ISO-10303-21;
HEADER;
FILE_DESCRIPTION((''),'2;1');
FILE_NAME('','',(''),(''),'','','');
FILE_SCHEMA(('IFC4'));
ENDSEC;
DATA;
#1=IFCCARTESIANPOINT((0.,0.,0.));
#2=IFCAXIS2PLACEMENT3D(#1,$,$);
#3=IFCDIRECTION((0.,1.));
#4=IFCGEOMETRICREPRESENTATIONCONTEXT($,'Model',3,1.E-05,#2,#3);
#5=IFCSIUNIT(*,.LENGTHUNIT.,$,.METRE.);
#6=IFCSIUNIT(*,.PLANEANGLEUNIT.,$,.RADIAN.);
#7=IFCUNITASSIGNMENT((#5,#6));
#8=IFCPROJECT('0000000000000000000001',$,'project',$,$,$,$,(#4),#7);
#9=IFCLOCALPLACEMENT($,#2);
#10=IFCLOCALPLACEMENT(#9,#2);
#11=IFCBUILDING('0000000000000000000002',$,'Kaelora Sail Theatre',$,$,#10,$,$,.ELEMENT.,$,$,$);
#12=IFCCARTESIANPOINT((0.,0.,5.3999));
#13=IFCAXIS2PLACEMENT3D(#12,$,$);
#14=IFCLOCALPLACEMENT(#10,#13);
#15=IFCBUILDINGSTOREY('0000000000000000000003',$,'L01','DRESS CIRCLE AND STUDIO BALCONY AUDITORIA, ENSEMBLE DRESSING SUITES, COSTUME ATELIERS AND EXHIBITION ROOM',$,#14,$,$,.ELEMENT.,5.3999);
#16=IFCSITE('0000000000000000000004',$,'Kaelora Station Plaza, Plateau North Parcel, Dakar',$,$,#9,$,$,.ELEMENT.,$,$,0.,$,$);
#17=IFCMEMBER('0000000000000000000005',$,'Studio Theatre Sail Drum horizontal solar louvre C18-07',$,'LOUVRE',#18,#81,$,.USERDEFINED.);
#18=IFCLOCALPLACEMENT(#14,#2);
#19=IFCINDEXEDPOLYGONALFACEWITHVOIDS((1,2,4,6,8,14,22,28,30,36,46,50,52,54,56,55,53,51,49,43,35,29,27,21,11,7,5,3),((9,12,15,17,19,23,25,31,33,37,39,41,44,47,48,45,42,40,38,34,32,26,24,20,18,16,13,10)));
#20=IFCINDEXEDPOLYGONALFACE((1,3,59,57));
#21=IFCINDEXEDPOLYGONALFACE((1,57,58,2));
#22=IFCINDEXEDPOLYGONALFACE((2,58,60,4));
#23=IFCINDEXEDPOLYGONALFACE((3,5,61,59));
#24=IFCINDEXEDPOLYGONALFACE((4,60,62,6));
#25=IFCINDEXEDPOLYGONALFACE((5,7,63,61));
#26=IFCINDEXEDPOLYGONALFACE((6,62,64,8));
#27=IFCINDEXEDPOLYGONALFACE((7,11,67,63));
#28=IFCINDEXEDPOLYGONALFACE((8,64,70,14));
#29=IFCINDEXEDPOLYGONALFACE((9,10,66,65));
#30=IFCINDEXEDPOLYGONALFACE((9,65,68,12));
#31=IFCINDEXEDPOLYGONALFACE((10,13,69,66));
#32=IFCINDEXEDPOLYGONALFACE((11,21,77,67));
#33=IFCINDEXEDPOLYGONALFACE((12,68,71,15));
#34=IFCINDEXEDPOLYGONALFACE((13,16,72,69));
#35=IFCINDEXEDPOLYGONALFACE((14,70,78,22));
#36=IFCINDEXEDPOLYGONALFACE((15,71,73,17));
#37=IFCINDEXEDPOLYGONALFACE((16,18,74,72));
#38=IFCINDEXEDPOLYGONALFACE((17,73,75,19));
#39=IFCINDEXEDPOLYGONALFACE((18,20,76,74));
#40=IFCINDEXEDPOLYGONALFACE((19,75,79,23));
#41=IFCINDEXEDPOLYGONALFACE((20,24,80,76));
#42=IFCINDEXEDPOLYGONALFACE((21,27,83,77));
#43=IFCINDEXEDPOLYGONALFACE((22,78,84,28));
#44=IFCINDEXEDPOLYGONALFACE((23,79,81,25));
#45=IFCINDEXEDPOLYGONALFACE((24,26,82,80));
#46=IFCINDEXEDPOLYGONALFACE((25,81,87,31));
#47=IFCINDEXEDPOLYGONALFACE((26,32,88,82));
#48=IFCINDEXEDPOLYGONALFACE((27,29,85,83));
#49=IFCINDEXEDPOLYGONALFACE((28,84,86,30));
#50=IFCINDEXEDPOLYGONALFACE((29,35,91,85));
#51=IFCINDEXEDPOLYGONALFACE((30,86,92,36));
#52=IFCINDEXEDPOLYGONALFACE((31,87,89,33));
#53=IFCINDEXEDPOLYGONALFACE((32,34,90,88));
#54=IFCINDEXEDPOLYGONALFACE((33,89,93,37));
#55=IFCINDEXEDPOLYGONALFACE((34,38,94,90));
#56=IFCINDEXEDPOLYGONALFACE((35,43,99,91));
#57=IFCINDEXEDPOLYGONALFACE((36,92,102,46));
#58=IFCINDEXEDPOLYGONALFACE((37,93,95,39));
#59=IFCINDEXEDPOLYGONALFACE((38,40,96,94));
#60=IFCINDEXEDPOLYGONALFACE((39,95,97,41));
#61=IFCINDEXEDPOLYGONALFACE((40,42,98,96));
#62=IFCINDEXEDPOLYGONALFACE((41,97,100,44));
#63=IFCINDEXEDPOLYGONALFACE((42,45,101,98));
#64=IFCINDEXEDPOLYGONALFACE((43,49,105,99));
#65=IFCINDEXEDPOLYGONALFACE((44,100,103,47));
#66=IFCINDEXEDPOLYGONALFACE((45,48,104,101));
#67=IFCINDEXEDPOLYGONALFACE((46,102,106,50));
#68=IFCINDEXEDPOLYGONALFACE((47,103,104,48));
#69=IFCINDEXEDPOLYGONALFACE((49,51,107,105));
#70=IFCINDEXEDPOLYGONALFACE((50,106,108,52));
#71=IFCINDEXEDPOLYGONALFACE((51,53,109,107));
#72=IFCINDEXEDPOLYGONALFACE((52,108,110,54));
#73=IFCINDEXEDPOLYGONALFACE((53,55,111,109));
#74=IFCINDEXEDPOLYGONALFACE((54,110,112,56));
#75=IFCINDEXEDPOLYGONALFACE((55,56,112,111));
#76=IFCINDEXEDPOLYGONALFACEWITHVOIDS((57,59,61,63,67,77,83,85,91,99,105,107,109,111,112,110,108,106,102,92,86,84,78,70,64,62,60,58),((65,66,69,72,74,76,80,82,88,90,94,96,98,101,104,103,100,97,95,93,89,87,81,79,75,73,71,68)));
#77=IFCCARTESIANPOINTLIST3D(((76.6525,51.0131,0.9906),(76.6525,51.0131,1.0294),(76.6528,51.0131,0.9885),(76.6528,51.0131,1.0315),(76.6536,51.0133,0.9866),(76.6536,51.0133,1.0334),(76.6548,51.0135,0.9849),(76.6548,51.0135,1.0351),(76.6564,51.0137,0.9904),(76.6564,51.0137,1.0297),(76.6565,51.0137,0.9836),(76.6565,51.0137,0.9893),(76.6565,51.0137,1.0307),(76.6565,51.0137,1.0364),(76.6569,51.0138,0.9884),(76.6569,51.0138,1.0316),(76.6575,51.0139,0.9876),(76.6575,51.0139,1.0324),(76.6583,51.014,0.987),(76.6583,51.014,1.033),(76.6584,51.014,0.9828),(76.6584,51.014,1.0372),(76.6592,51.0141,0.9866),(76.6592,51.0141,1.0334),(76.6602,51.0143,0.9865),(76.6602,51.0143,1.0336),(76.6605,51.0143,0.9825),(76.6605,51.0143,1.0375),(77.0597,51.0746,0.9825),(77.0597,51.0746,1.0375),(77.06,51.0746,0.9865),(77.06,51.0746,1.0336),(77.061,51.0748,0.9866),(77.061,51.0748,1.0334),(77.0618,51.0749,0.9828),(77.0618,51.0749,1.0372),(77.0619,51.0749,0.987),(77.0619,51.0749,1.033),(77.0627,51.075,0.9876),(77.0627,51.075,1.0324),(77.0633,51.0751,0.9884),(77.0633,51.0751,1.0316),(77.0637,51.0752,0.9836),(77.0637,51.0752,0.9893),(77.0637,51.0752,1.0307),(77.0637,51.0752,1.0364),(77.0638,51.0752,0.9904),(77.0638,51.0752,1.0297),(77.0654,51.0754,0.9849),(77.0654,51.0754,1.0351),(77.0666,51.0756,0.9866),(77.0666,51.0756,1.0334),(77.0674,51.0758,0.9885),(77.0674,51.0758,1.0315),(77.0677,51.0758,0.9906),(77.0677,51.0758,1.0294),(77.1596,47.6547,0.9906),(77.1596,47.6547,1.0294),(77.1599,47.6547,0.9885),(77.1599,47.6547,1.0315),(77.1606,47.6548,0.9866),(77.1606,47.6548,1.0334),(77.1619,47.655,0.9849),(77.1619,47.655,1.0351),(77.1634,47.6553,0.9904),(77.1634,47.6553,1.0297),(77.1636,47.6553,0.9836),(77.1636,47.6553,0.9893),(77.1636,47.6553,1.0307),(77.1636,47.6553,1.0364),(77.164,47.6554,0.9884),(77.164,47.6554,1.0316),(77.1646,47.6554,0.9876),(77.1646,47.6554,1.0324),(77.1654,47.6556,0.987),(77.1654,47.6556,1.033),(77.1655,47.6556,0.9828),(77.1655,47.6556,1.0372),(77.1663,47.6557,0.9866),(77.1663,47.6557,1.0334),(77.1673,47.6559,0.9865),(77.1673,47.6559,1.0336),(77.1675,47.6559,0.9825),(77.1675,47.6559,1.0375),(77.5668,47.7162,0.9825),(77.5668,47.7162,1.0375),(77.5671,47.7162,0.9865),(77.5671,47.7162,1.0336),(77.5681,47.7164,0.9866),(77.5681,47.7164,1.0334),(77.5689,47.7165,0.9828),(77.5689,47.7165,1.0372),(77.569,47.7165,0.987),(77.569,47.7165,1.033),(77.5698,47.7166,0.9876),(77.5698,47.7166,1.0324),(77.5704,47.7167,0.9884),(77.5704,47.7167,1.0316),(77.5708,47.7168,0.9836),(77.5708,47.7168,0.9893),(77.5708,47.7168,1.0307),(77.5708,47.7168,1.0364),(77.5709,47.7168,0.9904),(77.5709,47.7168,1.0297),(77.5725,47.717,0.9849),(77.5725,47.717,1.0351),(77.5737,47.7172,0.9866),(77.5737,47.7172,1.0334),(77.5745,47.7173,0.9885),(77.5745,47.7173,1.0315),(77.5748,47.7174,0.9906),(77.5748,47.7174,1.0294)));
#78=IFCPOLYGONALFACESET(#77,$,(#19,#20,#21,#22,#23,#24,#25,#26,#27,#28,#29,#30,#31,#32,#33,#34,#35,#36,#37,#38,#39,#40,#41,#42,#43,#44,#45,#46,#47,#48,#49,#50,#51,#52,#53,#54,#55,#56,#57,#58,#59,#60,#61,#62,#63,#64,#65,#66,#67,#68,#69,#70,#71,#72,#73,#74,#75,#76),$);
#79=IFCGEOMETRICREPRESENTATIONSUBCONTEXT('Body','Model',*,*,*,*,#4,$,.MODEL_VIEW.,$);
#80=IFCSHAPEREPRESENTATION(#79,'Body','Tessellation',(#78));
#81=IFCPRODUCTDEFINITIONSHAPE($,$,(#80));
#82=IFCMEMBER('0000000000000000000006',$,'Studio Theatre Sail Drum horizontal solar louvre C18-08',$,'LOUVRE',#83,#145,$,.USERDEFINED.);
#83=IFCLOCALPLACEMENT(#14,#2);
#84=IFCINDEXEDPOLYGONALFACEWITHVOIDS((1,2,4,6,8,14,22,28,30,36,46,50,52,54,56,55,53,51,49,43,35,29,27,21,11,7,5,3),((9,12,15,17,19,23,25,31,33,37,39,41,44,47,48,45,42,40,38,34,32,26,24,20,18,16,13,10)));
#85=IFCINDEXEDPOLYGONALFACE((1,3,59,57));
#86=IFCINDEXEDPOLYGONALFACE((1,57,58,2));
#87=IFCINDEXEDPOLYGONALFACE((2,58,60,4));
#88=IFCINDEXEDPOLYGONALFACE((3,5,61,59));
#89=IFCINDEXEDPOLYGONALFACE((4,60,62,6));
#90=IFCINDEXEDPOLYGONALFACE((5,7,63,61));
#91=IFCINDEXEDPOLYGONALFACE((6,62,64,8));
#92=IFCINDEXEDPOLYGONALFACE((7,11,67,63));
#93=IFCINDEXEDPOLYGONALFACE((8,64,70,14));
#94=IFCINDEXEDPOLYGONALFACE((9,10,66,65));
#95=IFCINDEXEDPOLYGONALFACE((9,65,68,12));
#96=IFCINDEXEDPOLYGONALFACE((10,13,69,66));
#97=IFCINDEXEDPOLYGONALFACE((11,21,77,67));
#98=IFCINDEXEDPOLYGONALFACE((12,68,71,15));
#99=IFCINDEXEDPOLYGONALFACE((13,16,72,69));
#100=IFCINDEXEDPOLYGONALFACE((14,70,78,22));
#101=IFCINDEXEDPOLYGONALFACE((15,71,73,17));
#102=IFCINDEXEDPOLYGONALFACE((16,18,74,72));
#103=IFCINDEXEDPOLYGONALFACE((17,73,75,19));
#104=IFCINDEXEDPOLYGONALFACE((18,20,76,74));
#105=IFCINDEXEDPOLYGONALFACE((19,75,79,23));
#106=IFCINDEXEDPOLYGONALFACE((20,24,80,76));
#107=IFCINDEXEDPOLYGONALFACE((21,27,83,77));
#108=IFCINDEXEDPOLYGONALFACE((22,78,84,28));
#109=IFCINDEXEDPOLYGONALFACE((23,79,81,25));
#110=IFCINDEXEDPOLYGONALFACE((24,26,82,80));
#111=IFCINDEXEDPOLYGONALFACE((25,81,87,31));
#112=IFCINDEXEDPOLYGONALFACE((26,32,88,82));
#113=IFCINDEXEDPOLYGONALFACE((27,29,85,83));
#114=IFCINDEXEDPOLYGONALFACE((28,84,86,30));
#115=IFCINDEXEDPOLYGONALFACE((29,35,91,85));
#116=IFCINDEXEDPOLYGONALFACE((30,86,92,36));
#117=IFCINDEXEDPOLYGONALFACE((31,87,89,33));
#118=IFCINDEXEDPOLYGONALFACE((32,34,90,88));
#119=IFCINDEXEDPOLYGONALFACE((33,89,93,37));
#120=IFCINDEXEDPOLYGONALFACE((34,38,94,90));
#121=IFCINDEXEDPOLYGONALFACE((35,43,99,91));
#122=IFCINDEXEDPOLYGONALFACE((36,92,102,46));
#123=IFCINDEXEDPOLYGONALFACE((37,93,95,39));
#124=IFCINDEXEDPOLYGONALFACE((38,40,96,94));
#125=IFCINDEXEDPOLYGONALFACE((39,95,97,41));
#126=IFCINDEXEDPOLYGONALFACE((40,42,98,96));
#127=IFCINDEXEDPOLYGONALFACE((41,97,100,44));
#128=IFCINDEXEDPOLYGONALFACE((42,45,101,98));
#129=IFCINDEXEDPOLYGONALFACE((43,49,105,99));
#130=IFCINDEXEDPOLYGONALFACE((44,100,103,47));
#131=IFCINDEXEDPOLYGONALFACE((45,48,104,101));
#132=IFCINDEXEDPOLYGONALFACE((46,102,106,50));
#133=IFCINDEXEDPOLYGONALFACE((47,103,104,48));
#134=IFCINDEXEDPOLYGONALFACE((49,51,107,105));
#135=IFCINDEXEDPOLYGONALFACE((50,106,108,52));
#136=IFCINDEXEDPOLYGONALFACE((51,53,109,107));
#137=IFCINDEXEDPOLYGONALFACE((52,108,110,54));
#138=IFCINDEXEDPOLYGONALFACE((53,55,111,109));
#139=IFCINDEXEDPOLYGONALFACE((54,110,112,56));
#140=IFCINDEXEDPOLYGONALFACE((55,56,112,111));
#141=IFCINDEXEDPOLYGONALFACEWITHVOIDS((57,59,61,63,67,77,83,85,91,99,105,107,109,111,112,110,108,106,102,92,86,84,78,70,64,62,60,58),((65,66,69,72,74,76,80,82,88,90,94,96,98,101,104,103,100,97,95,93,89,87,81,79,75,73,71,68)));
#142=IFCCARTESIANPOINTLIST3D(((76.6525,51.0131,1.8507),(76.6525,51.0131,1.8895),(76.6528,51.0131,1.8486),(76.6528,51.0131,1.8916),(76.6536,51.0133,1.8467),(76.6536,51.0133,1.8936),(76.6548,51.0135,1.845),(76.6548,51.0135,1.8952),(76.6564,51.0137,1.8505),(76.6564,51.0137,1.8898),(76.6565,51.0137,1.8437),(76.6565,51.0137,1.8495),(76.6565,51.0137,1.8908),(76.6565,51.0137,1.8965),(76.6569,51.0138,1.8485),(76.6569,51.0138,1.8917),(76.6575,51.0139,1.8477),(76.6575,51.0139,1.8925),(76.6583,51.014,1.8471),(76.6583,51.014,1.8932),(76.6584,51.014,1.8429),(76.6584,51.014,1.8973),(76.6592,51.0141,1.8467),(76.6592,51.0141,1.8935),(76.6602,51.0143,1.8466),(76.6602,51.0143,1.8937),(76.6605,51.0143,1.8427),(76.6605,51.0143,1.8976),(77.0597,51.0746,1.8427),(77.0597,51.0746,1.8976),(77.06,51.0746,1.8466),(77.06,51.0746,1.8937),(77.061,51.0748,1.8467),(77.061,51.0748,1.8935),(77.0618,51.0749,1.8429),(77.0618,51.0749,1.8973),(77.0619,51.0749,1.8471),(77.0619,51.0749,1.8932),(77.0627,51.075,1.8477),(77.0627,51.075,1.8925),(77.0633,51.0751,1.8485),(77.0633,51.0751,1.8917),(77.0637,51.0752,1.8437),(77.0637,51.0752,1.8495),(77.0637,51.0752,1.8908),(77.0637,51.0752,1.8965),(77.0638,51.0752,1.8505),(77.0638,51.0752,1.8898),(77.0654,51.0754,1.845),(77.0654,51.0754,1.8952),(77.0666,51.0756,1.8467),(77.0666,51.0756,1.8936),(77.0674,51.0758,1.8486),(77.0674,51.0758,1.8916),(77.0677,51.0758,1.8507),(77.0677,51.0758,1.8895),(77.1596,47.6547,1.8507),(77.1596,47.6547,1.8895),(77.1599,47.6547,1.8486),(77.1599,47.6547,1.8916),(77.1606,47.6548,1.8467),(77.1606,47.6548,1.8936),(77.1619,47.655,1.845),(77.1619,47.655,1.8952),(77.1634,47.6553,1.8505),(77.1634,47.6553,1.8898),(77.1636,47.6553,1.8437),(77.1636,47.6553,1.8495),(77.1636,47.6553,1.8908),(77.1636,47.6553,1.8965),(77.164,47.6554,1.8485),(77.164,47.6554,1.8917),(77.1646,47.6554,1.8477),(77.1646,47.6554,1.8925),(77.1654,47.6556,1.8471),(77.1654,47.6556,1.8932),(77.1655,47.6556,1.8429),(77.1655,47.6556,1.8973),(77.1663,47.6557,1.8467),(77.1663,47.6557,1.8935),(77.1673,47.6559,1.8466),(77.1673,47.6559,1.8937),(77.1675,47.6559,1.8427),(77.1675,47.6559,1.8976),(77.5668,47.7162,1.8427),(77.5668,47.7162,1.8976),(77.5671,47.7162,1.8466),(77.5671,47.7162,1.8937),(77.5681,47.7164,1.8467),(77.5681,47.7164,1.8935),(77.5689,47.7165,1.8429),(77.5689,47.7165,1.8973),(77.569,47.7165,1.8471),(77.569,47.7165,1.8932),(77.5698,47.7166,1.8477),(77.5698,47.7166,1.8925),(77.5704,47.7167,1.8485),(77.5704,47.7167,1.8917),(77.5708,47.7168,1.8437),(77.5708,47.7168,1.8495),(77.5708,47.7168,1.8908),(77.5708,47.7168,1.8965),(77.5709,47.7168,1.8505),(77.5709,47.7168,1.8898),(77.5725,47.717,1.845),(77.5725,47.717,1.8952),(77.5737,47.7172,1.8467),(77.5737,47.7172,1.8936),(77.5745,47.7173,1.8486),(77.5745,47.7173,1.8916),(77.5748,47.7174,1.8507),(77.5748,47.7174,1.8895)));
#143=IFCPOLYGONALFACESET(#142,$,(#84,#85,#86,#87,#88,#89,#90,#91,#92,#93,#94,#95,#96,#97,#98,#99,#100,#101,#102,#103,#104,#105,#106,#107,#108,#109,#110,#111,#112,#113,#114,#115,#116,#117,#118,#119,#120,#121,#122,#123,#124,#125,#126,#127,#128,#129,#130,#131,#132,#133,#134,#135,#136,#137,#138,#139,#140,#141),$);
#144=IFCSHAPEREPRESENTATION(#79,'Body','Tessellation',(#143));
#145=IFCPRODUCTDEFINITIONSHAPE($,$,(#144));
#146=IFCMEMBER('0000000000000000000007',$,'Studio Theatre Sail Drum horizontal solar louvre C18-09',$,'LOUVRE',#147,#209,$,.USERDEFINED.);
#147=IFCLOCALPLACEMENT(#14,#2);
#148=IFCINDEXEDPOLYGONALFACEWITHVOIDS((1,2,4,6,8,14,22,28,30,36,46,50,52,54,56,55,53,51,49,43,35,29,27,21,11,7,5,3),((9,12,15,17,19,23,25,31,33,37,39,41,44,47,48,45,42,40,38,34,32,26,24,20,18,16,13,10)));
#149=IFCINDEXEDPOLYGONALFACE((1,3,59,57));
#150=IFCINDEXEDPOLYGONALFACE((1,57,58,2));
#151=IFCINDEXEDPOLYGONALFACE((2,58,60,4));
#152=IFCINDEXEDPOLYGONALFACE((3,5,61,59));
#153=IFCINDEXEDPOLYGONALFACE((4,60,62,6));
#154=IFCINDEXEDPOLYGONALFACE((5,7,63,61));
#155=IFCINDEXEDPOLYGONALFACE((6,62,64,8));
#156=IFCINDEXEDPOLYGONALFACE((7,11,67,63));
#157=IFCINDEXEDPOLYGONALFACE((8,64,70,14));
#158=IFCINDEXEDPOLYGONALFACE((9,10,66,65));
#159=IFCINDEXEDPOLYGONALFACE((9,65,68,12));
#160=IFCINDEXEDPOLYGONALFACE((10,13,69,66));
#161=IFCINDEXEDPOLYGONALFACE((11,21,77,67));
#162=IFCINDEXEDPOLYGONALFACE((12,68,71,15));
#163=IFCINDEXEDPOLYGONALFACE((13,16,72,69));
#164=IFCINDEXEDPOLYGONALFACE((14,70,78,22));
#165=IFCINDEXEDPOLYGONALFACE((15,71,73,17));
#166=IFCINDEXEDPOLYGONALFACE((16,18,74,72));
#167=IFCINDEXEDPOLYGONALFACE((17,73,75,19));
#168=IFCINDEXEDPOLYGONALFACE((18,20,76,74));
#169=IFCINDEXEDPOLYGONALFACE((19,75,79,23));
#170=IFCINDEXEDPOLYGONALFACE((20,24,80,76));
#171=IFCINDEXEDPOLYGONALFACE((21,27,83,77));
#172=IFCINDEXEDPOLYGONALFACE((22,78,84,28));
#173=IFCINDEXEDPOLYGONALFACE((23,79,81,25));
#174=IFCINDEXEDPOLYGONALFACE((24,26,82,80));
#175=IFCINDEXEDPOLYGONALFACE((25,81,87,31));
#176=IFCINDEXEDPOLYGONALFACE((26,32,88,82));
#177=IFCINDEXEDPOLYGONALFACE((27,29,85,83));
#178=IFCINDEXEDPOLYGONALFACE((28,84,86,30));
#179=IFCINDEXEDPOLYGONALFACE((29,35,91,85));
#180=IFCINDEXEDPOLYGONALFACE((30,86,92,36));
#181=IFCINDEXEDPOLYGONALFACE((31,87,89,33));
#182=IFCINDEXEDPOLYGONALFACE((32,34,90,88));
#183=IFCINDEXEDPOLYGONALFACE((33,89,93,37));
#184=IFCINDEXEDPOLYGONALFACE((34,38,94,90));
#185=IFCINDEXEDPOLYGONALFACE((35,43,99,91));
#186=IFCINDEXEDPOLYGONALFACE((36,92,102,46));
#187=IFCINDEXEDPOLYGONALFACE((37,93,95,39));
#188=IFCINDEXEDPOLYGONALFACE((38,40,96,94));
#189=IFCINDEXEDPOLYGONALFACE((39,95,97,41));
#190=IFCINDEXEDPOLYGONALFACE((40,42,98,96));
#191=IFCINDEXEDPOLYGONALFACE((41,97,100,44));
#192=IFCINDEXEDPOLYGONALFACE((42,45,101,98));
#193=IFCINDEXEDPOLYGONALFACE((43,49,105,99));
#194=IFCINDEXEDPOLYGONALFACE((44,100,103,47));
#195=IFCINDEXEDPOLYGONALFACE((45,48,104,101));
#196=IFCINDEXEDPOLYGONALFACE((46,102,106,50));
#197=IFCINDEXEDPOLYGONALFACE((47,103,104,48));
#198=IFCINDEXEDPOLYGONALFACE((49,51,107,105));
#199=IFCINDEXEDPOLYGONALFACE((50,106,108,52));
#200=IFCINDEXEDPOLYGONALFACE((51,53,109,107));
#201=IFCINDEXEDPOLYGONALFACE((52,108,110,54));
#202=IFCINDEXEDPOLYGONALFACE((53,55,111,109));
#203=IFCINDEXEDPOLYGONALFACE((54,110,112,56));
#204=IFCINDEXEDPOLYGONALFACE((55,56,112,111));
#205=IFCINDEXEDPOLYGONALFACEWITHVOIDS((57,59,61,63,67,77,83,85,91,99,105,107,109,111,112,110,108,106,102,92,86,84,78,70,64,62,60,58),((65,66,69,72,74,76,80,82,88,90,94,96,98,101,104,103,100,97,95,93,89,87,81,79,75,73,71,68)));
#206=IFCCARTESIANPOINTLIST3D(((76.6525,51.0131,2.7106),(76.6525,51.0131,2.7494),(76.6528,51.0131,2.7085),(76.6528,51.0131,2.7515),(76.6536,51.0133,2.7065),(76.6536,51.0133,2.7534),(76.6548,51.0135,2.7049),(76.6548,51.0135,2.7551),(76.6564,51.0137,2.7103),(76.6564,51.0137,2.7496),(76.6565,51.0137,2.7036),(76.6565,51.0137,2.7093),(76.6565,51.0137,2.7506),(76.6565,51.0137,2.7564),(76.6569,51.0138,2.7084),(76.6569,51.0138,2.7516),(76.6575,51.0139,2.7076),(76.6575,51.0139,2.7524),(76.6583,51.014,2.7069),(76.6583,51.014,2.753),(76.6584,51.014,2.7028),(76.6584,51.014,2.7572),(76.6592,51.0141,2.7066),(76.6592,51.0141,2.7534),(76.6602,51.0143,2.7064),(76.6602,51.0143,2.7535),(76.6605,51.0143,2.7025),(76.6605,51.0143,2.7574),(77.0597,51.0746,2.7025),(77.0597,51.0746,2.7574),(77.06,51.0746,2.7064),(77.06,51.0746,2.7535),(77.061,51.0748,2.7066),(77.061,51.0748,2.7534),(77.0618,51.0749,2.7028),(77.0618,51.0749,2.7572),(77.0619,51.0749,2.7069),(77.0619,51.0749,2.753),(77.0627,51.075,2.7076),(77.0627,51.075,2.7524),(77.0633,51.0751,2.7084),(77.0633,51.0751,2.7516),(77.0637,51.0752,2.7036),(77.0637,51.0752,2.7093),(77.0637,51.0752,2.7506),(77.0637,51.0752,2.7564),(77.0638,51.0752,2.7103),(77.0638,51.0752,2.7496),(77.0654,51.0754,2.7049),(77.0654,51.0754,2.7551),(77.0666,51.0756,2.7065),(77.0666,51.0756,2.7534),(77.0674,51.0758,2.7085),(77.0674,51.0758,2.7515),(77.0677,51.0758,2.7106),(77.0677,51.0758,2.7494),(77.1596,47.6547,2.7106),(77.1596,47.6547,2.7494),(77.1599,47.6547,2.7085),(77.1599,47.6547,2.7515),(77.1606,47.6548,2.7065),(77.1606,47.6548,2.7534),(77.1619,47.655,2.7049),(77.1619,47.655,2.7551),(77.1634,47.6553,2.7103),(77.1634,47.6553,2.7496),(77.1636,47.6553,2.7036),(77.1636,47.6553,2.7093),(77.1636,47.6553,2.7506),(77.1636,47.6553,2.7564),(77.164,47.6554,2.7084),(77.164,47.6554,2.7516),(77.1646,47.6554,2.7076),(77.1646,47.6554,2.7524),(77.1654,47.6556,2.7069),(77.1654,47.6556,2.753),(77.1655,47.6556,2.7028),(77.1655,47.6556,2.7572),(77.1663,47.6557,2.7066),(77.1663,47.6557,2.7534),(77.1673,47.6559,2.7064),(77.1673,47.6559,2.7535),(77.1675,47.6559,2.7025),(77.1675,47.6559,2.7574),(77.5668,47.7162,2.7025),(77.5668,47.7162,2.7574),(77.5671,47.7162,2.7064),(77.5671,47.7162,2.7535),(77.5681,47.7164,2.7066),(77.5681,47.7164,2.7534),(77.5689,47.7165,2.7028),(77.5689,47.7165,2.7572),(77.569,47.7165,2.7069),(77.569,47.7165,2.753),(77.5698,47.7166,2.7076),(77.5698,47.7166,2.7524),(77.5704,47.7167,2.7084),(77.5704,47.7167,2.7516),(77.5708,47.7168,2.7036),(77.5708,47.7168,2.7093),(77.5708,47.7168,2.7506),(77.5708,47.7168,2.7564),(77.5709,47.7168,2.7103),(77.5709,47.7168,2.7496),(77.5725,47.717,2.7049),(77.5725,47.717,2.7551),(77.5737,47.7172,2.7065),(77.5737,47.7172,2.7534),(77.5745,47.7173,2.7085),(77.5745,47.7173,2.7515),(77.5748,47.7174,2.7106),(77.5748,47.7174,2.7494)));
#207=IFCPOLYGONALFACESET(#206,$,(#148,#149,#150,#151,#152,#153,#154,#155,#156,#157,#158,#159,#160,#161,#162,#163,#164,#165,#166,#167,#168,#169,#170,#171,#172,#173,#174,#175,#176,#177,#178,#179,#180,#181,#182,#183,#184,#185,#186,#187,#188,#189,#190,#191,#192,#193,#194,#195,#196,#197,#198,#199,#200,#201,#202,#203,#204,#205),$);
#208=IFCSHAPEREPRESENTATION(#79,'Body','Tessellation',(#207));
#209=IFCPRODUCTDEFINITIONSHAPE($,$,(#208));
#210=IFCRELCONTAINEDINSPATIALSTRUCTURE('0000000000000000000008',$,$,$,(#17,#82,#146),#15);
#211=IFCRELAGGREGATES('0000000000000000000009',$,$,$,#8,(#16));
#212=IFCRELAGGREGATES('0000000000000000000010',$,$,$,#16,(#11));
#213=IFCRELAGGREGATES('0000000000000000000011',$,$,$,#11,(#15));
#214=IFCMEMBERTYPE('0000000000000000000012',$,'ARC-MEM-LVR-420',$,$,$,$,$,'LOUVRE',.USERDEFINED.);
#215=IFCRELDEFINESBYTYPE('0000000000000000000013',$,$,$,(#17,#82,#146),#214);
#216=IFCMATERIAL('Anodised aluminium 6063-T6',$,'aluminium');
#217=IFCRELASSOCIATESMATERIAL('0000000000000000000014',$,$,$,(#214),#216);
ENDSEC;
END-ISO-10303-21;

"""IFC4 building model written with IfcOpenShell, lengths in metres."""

from ifc_helpers import new_model, si_unit, direction, frame, origin, origin_2d, place, context, subcontext, project, spatial, hollow_rectangle, extrude, material, material_profile, profile_set, type_object, element, save


model = new_model("IFC4")

# Units and contexts
model_context = context("Model", 3, precision=1e-05, world=origin(), true_north=direction((0.0, 1.0)))
body_context = subcontext(model_context, "Body", "Model", "MODEL_VIEW")
ifc_project = project(units=[si_unit("LENGTHUNIT", "METRE"), si_unit("PLANEANGLEUNIT", "RADIAN")], contexts=[model_context])

# Site, building, storey
site_placement = place(None, origin())
site = spatial("IfcSite", under=ifc_project, at=site_placement, Name="Kaelora Station Plaza, Plateau North Parcel, Dakar", CompositionType="ELEMENT", RefElevation=0.0)
building_placement = place(site_placement, origin())
building = spatial("IfcBuilding", under=site, at=building_placement, Name="Kaelora Sail Theatre", CompositionType="ELEMENT")
storey_placement = place(building_placement, frame((0.0, 0.0, 5.3999)))
storey = spatial("IfcBuildingStorey", under=building, at=storey_placement, Name="L01", Description="DRESS CIRCLE AND STUDIO BALCONY AUDITORIA, ENSEMBLE DRESSING SUITES, COSTUME ATELIERS AND EXHIBITION ROOM", CompositionType="ELEMENT", Elevation=5.3999)

# Members
ifc_material_1 = material(Name="Anodised aluminium 6063-T6", Category="aluminium")
ifc_material_profile_1 = material_profile(ifc_material_1, hollow_rectangle(XDim=0.4199, YDim=0.0549, WallThickness=0.0039, InnerFilletRadius=0.0039, OuterFilletRadius=0.0081, at=origin_2d()), Name="LOUVRE 420x55x4")
ifc_profile_set_1 = profile_set([ifc_material_profile_1], Name="Anodised aluminium 6063-T6")
member_type_1 = type_object("IfcMemberType", Name="ARC-MEM-LVR-420", ElementType="LOUVRE", PredefinedType="USERDEFINED", material=ifc_profile_set_1)
for number, where, z_axis, x_axis, name in (
    (1, (77.3672, 47.686, 1.01), (-0.149296, 0.988792, 0.0), (-0.988792, -0.149296, 0.0), "Studio Theatre Sail Drum horizontal solar louvre C18-07"),
    (2, (77.3672, 47.686, 1.8701), (-0.149296, 0.988792, 0.0), (-0.988792, -0.149296, 0.0), "Studio Theatre Sail Drum horizontal solar louvre C18-08"),
    (3, (77.3672, 47.686, 2.73), (-0.149296, 0.988792, 0.0), (-0.988792, -0.149296, 0.0), "Studio Theatre Sail Drum horizontal solar louvre C18-09"),
):
    element("IfcMember", number, at=place(storey_placement, frame(where, z_axis=z_axis, x_axis=x_axis)), inside=storey, type_object=member_type_1, Name=name, ObjectType="LOUVRE", PredefinedType="USERDEFINED", context=body_context, shape_type="SweptSolid", body=[
        extrude(hollow_rectangle(XDim=0.4199, YDim=0.0549, WallThickness=0.0039, InnerFilletRadius=0.0039, OuterFilletRadius=0.0081, at=origin_2d()), origin(), (0.0, 0.0, 1.0), 3.3965),
    ])

save(model, "model.ifc")
